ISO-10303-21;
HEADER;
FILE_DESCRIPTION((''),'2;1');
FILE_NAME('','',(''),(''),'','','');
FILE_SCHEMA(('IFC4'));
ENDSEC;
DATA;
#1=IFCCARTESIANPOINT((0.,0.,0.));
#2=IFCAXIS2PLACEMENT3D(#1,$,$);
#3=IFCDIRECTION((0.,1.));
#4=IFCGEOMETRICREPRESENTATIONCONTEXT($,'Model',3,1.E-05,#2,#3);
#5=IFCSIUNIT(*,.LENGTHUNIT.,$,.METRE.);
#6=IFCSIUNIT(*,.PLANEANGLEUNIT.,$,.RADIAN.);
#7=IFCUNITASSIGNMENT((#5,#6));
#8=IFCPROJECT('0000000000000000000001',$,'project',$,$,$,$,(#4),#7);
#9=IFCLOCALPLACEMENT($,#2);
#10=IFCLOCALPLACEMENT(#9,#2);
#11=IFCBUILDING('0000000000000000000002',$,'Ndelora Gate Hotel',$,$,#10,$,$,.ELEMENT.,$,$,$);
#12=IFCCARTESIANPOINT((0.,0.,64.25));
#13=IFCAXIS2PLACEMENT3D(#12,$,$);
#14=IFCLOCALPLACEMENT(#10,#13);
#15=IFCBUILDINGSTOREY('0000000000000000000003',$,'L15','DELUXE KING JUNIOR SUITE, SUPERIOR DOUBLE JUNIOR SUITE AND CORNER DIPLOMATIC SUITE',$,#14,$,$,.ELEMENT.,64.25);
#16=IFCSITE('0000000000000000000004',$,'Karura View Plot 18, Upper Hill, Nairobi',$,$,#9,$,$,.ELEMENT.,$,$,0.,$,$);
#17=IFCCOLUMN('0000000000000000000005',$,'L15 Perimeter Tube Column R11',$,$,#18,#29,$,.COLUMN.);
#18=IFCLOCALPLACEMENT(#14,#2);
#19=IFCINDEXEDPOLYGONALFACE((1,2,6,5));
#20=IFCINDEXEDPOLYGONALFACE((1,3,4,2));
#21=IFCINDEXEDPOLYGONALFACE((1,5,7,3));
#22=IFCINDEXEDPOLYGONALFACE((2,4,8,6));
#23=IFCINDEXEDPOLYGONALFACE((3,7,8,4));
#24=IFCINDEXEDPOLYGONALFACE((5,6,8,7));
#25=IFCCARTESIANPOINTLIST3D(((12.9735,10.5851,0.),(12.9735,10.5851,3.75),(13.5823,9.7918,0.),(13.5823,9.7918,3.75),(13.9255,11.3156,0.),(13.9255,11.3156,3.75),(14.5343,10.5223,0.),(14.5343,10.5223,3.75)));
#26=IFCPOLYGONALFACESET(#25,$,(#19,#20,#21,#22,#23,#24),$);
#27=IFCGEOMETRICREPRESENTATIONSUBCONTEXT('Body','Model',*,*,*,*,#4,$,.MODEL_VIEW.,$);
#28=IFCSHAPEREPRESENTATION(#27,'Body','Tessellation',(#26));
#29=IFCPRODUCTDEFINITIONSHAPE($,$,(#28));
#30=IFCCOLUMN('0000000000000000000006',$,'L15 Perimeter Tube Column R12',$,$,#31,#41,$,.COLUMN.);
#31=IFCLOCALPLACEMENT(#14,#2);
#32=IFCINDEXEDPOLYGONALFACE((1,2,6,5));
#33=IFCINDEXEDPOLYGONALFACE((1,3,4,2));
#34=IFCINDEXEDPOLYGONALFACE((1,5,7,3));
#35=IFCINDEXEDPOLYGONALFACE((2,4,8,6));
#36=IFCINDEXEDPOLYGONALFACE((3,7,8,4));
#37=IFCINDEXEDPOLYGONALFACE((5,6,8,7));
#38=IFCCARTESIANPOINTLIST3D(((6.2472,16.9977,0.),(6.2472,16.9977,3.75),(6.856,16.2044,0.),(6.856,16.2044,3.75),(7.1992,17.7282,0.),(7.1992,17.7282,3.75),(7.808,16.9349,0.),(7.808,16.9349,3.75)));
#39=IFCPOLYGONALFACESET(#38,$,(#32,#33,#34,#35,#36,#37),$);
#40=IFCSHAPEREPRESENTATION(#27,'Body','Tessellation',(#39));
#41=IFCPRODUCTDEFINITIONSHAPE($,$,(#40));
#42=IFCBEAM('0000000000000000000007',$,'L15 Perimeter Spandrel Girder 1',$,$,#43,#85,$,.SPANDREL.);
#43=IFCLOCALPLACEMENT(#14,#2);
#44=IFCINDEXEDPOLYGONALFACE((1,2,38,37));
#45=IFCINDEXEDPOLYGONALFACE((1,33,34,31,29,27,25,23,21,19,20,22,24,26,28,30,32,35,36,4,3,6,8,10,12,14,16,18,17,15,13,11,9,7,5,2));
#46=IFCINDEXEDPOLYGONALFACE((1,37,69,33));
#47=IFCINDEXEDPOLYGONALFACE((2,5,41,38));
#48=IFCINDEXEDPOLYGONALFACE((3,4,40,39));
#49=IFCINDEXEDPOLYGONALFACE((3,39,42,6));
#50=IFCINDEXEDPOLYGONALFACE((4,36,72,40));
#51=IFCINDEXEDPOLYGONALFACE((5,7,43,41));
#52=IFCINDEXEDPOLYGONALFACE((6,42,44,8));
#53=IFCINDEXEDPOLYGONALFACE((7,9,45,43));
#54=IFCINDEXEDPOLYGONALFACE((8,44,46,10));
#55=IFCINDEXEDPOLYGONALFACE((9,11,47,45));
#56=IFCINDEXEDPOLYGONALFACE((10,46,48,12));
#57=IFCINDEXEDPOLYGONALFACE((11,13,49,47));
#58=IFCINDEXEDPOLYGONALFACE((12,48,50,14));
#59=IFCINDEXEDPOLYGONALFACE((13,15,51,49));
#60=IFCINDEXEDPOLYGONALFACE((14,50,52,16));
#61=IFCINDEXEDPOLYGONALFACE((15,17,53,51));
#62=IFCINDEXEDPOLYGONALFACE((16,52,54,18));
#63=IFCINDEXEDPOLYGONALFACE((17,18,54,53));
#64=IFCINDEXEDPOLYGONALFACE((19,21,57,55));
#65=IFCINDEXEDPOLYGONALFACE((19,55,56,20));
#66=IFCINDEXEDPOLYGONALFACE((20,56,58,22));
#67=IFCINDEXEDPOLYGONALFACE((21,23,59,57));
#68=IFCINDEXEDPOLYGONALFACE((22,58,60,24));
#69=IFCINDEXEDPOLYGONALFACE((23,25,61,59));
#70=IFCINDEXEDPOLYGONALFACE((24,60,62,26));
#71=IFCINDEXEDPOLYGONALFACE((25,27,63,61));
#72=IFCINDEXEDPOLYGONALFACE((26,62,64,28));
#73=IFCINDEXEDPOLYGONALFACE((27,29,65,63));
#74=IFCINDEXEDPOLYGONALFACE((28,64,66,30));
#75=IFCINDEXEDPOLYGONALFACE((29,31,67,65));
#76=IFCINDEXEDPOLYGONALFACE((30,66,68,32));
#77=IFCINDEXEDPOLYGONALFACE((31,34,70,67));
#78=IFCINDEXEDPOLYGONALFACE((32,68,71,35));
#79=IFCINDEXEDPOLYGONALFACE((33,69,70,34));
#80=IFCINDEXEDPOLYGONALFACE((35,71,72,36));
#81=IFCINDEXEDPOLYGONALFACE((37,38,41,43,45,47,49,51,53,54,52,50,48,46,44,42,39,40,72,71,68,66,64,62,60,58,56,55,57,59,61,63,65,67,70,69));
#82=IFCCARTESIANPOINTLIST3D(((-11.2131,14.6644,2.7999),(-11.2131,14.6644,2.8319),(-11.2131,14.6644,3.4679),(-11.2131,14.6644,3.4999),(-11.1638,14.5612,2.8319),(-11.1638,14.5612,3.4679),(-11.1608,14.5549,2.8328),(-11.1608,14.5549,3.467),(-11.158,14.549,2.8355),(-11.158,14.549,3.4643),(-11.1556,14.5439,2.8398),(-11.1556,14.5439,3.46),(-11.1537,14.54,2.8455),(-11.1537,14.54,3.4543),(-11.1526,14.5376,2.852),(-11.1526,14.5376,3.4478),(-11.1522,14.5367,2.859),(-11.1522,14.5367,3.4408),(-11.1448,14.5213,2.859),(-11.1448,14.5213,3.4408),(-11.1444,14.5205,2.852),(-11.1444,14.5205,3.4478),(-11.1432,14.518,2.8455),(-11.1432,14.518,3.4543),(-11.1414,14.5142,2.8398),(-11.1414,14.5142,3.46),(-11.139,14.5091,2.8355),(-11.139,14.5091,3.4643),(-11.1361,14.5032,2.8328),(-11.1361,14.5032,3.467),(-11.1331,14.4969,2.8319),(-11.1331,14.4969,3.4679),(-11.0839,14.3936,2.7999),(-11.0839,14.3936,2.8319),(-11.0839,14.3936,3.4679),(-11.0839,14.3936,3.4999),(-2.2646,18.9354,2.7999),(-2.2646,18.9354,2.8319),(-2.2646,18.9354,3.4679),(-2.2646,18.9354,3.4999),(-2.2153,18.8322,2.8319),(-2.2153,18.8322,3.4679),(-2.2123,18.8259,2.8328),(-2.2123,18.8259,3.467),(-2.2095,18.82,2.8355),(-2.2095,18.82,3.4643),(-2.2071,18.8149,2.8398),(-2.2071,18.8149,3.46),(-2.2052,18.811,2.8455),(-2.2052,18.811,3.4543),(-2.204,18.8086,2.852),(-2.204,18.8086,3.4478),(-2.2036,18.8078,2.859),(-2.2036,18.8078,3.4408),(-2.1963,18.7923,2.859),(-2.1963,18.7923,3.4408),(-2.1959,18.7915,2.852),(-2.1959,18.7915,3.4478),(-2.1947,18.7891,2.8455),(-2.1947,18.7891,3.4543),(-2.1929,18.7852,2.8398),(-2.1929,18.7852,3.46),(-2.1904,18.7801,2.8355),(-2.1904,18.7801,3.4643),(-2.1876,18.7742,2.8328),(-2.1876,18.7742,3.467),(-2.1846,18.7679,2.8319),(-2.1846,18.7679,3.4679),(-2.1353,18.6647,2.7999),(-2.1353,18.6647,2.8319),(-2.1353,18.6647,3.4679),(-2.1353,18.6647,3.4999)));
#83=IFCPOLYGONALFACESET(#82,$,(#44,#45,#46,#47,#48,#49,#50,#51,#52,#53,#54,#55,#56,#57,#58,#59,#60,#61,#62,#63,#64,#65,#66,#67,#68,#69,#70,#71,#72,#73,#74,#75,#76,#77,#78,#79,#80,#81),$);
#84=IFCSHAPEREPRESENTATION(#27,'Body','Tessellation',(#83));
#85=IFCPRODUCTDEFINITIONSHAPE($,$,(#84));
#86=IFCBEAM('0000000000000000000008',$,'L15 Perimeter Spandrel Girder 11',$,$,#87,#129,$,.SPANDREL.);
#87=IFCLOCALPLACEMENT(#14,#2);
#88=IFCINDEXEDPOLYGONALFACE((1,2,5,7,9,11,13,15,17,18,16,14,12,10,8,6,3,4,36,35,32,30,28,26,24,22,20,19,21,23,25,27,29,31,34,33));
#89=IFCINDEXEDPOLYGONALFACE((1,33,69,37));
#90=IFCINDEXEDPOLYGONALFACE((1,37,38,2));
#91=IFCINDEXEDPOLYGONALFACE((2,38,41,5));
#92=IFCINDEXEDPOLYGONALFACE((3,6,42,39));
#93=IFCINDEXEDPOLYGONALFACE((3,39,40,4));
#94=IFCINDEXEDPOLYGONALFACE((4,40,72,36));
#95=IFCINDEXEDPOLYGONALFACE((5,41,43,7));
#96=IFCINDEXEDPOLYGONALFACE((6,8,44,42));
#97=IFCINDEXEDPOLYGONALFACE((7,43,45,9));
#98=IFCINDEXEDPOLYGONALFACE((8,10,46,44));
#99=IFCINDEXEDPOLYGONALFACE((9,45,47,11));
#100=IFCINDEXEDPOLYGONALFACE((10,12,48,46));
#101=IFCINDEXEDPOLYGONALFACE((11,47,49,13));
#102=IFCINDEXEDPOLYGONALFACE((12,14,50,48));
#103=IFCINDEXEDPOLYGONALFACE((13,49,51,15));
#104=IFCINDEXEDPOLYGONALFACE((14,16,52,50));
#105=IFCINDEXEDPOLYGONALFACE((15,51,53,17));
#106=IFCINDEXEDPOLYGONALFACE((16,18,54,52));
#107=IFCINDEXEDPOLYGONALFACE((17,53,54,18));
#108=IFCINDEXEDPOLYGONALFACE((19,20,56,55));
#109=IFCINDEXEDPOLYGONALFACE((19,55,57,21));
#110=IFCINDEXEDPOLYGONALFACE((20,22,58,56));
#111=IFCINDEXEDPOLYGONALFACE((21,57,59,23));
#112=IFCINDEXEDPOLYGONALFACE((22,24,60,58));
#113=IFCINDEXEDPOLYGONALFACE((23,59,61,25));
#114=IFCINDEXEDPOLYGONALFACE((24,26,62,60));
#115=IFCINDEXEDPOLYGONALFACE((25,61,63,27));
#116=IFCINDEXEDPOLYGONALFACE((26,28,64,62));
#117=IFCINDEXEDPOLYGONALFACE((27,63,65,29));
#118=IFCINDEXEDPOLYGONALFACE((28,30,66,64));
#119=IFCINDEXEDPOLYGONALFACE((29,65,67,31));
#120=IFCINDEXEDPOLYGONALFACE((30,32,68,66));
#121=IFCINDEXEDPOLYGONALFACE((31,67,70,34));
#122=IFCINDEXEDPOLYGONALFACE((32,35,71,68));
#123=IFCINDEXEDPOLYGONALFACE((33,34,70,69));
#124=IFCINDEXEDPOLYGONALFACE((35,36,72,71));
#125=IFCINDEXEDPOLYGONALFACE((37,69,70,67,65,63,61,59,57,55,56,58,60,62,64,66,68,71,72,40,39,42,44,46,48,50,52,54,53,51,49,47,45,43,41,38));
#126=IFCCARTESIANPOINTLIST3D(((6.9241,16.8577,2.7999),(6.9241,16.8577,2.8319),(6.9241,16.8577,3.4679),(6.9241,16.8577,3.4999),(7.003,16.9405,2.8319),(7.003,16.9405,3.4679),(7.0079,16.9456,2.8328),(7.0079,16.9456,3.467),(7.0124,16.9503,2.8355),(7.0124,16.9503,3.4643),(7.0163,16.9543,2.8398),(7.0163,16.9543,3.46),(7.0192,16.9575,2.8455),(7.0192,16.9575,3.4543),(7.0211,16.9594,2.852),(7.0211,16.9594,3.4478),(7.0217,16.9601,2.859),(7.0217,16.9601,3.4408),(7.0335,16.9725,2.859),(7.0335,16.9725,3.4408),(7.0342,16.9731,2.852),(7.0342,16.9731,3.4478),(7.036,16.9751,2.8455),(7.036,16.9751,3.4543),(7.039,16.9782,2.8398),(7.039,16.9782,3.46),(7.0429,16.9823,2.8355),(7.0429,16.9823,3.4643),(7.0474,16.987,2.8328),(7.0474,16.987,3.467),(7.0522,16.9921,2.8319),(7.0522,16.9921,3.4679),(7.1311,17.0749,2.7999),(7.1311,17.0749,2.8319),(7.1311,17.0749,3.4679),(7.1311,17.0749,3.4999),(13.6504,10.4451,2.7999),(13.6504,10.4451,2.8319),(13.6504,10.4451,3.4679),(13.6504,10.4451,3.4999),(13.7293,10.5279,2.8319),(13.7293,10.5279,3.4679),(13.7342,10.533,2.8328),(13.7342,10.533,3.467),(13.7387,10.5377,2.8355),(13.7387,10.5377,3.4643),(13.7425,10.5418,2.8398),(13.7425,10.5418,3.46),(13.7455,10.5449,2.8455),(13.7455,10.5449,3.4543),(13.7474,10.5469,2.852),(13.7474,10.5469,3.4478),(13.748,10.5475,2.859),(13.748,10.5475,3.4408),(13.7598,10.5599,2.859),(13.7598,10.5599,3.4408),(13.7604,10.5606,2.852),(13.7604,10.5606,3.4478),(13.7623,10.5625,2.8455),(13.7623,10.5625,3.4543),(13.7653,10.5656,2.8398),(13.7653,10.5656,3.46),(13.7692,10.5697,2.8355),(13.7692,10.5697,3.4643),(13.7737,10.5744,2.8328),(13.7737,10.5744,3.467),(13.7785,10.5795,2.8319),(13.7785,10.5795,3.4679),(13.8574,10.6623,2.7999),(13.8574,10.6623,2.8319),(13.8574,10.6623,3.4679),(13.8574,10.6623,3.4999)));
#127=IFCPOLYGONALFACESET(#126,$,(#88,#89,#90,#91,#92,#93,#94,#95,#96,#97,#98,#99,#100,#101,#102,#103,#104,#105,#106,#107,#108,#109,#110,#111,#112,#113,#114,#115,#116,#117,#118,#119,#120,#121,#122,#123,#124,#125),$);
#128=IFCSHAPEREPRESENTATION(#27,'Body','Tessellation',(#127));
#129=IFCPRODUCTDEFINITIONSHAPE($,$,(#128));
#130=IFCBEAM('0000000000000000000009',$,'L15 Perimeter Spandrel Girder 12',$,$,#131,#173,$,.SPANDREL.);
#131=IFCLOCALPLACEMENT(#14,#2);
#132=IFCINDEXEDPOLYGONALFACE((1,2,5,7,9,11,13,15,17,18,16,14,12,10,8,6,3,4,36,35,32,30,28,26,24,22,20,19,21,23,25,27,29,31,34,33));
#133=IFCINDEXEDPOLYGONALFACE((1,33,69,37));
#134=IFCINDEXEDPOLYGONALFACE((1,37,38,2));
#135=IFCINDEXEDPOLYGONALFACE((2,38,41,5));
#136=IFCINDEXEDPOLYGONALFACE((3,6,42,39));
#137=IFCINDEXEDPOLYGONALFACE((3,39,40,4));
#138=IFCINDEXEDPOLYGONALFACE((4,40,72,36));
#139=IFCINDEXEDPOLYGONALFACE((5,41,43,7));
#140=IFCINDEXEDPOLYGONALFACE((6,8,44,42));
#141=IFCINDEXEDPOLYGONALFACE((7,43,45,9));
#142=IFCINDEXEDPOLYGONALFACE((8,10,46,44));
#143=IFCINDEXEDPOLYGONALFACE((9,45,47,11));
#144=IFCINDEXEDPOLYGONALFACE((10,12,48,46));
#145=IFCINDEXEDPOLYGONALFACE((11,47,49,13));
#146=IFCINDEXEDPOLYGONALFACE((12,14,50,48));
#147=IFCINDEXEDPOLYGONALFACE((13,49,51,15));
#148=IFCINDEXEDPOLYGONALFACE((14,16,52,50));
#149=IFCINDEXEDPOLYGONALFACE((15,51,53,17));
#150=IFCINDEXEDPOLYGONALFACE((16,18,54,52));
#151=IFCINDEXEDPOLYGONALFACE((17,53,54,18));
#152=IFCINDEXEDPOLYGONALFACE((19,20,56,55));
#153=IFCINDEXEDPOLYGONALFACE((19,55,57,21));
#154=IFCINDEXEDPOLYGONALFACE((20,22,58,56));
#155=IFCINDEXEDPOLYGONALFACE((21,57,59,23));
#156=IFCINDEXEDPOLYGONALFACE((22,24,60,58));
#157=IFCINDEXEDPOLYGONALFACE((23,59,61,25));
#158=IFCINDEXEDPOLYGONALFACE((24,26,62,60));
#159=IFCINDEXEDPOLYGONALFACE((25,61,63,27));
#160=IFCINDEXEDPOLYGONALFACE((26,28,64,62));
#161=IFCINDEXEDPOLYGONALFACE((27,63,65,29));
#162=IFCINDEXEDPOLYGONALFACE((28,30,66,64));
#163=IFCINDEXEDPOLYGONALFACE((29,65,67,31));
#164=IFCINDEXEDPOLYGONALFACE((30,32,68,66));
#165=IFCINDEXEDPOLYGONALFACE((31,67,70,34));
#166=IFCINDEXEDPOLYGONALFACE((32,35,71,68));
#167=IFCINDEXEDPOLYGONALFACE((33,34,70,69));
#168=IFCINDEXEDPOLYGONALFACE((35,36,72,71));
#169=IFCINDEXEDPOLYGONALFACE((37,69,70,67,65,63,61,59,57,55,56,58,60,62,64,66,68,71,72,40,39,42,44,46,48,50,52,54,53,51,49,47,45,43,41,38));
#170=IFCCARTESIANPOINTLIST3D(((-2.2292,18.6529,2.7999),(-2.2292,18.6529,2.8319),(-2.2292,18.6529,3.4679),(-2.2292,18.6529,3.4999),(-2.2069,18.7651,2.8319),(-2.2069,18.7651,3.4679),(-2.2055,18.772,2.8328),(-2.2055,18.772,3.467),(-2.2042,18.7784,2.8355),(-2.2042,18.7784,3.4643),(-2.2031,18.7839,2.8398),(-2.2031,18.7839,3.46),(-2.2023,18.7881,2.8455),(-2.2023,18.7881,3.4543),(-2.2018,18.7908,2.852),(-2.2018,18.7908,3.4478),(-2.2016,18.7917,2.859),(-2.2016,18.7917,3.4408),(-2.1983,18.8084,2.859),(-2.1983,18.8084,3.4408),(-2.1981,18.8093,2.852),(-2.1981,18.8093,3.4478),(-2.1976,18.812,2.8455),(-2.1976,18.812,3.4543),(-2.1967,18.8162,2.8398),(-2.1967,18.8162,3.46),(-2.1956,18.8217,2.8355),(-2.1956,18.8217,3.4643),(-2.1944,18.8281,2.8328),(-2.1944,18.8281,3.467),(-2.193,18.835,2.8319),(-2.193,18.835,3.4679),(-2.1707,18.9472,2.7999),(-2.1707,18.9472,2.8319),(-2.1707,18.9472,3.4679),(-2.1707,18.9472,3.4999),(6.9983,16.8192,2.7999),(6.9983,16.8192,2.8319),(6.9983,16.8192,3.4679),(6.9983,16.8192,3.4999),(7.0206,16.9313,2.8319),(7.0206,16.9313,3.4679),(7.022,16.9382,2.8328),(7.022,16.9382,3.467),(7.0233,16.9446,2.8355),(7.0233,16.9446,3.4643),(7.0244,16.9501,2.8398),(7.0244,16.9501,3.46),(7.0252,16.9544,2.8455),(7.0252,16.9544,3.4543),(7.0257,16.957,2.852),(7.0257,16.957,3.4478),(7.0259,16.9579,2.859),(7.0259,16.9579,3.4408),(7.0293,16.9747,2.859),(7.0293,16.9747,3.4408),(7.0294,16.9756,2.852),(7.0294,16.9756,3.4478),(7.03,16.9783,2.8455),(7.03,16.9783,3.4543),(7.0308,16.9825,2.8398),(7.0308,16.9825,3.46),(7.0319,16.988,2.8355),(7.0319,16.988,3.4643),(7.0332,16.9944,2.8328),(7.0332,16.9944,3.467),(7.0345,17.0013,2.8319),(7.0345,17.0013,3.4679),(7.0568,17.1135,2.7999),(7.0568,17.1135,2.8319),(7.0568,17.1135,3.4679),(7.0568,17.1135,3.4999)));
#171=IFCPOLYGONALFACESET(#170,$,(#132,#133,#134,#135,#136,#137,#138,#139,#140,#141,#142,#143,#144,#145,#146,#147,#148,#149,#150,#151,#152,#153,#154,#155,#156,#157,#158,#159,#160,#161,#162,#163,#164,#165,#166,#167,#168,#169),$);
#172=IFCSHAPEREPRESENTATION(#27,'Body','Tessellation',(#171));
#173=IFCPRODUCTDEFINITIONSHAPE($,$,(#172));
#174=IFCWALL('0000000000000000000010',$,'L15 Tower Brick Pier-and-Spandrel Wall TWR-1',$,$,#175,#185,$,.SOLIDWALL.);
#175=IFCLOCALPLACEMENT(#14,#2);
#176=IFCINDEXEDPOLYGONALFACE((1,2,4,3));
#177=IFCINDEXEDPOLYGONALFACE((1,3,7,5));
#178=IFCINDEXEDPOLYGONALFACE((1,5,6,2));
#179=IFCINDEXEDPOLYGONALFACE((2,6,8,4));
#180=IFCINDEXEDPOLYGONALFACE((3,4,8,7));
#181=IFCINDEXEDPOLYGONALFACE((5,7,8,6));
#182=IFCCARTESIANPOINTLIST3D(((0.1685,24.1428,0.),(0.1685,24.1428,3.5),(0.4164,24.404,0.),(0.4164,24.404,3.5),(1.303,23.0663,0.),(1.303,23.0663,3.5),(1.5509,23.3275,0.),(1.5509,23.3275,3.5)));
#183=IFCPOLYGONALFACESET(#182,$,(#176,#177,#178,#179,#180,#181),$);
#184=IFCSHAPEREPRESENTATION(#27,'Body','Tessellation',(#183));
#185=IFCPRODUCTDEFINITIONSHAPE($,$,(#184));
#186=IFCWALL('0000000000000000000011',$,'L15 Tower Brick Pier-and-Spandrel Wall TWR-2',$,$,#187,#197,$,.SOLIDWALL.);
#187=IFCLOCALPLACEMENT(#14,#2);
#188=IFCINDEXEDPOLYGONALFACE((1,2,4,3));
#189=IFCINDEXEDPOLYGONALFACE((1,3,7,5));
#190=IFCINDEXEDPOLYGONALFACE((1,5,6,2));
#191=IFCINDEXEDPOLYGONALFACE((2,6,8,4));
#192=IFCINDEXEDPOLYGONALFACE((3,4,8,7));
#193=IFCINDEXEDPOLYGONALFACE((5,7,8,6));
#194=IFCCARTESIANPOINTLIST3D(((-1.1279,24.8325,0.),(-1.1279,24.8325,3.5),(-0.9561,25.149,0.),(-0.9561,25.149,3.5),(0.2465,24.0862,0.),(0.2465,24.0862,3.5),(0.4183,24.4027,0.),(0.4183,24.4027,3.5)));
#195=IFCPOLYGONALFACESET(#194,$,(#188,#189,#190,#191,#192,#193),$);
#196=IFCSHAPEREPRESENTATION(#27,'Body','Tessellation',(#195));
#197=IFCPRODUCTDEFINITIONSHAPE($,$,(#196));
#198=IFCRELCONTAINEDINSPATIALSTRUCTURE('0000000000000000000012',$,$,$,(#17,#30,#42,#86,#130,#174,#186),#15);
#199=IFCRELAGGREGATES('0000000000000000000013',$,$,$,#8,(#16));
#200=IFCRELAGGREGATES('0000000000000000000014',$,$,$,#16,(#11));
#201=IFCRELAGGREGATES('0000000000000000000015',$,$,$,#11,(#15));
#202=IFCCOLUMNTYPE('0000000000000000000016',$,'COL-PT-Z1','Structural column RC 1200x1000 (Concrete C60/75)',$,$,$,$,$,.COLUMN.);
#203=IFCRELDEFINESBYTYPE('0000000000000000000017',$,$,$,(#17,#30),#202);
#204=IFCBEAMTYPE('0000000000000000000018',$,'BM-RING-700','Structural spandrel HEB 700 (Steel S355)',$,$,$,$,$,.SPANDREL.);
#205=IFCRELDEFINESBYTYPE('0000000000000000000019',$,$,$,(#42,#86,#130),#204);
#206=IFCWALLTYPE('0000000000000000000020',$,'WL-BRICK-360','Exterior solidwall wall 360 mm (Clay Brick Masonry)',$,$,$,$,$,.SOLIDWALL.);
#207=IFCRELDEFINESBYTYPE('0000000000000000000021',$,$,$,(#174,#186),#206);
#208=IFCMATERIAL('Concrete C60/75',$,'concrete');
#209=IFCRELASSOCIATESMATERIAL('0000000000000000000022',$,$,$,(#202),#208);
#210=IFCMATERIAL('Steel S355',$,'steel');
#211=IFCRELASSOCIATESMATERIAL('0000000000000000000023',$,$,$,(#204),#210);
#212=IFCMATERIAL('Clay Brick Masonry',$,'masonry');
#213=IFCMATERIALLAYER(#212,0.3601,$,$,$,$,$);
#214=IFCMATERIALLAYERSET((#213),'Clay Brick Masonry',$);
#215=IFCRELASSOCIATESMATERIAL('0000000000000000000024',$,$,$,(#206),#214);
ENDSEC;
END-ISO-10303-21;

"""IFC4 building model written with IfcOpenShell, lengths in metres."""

from ifc_helpers import new_model, si_unit, direction, frame, frame_2d, origin, origin_2d, place, context, subcontext, project, spatial, rectangle, i_section, extrude, material, layer, layer_set, material_profile, profile_set, type_object, element, save


model = new_model("IFC4")

# Units and contexts
model_context = context("Model", 3, precision=1e-05, world=origin(), true_north=direction((0.0, 1.0)))
body_context = subcontext(model_context, "Body", "Model", "MODEL_VIEW")
ifc_project = project(units=[si_unit("LENGTHUNIT", "METRE"), si_unit("PLANEANGLEUNIT", "RADIAN")], contexts=[model_context])

# Site, building, storey
site_placement = place(None, origin())
site = spatial("IfcSite", under=ifc_project, at=site_placement, Name="Karura View Plot 18, Upper Hill, Nairobi", CompositionType="ELEMENT", RefElevation=0.0)
building_placement = place(site_placement, origin())
building = spatial("IfcBuilding", under=site, at=building_placement, Name="Ndelora Gate Hotel", CompositionType="ELEMENT")
storey_placement = place(building_placement, frame((0.0, 0.0, 64.25)))
storey = spatial("IfcBuildingStorey", under=building, at=storey_placement, Name="L15", Description="DELUXE KING JUNIOR SUITE, SUPERIOR DOUBLE JUNIOR SUITE AND CORNER DIPLOMATIC SUITE", CompositionType="ELEMENT", Elevation=64.25)

# Columns
ifc_material_1 = material(Name="Concrete C60/75", Category="concrete")
ifc_material_profile_1 = material_profile(ifc_material_1, rectangle(XDim=1.0, YDim=1.2, at=origin_2d()), Name="RC 1200x1000")
ifc_profile_set_1 = profile_set([ifc_material_profile_1], Name="Concrete C60/75")
column_type = type_object("IfcColumnType", Name="COL-PT-Z1", Description="Structural column RC 1200x1000 (Concrete C60/75)", PredefinedType="COLUMN", material=ifc_profile_set_1)
for number, where, z_axis, x_axis, name in (
    (1, (13.7539, 10.5537, 0.0), (0.0, 0.0, 1.0), (-0.608761, 0.793353, 0.0), "L15 Perimeter Tube Column R11"),
    (2, (7.0276, 16.9663, 0.0), (0.0, 0.0, 1.0), (-0.608761, 0.793353, 0.0), "L15 Perimeter Tube Column R12"),
):
    element("IfcColumn", number, at=place(storey_placement, frame(where, z_axis=z_axis, x_axis=x_axis)), inside=storey, type_object=column_type, Name=name, PredefinedType="COLUMN", context=body_context, shape_type="SweptSolid", body=[
        extrude(rectangle(XDim=1.0, YDim=1.2, at=origin_2d()), origin(), (0.0, 0.0, 1.0), 3.75),
    ])

# Beams
ifc_material_2 = material(Name="Steel S355", Category="steel")
ifc_material_profile_2 = material_profile(ifc_material_2, i_section(OverallWidth=0.3, OverallDepth=0.7, WebThickness=0.0171, FlangeThickness=0.032, FilletRadius=0.0271, at=origin_2d()), Name="HEB 700")
ifc_profile_set_2 = profile_set([ifc_material_profile_2], Name="Steel S355")
beam_type = type_object("IfcBeamType", Name="BM-RING-700", Description="Structural spandrel HEB 700 (Steel S355)", PredefinedType="SPANDREL", material=ifc_profile_set_2)
beam_1_placement = place(storey_placement, frame((-2.2, 18.8, 3.1499), z_axis=(-0.902476, -0.43074, 0.0), x_axis=(0.43074, -0.902476, 0.0)))
element("IfcBeam", 3, at=beam_1_placement, inside=storey, type_object=beam_type, Name="L15 Perimeter Spandrel Girder 1", PredefinedType="SPANDREL", context=body_context, shape_type="SweptSolid", body=[
    extrude(i_section(OverallWidth=0.3, OverallDepth=0.7, WebThickness=0.0171, FlangeThickness=0.032, FilletRadius=0.0271, at=origin_2d()), origin(), (0.0, 0.0, 1.0), 9.9155),
])
beam_2_placement = place(storey_placement, frame((13.7539, 10.5537, 3.1499), z_axis=(-0.723784, 0.690026, 0.0), x_axis=(-0.690026, -0.723784, 0.0)))
element("IfcBeam", 4, at=beam_2_placement, inside=storey, type_object=beam_type, Name="L15 Perimeter Spandrel Girder 11", PredefinedType="SPANDREL", context=body_context, shape_type="SweptSolid", body=[
    extrude(i_section(OverallWidth=0.3, OverallDepth=0.7, WebThickness=0.0171, FlangeThickness=0.032, FilletRadius=0.0271, at=origin_2d()), origin(), (0.0, 0.0, 1.0), 9.2932),
])
beam_3_placement = place(storey_placement, frame((7.0276, 16.9663, 3.1499), z_axis=(-0.98082, 0.194913, 0.0), x_axis=(-0.194913, -0.98082, 0.0)))
element("IfcBeam", 5, at=beam_3_placement, inside=storey, type_object=beam_type, Name="L15 Perimeter Spandrel Girder 12", PredefinedType="SPANDREL", context=body_context, shape_type="SweptSolid", body=[
    extrude(i_section(OverallWidth=0.3, OverallDepth=0.7, WebThickness=0.0171, FlangeThickness=0.032, FilletRadius=0.0271, at=origin_2d()), origin(), (0.0, 0.0, 1.0), 9.408),
])

# Walls
ifc_material_3 = material(Name="Clay Brick Masonry", Category="masonry")
ifc_layer_1 = layer(ifc_material_3, 0.3601)
ifc_layer_set_1 = layer_set([ifc_layer_1], Name="Clay Brick Masonry")
wall_type_1 = type_object("IfcWallType", Name="WL-BRICK-360", Description="Exterior solidwall wall 360 mm (Clay Brick Masonry)", PredefinedType="SOLIDWALL", material=ifc_layer_set_1)
for number, where, z_axis, x_axis, name in (
    (6, (0.2925, 24.2734, 0.0), (0.0, 0.0, 1.0), (0.725362, -0.688368, 0.0), "L15 Tower Brick Pier-and-Spandrel Wall TWR-1"),
    (7, (-1.042, 24.9907, 0.0), (0.0, 0.0, 1.0), (0.878807, -0.477178, 0.0), "L15 Tower Brick Pier-and-Spandrel Wall TWR-2"),
):
    element("IfcWall", number, at=place(storey_placement, frame(where, z_axis=z_axis, x_axis=x_axis)), inside=storey, type_object=wall_type_1, Name=name, PredefinedType="SOLIDWALL", context=body_context, shape_type="SweptSolid", body=[
        extrude(rectangle(XDim=1.564, YDim=0.3601, at=frame_2d((0.782, 0.0))), origin(), (0.0, 0.0, 1.0), 3.5),
    ])

save(model, "model.ifc")
